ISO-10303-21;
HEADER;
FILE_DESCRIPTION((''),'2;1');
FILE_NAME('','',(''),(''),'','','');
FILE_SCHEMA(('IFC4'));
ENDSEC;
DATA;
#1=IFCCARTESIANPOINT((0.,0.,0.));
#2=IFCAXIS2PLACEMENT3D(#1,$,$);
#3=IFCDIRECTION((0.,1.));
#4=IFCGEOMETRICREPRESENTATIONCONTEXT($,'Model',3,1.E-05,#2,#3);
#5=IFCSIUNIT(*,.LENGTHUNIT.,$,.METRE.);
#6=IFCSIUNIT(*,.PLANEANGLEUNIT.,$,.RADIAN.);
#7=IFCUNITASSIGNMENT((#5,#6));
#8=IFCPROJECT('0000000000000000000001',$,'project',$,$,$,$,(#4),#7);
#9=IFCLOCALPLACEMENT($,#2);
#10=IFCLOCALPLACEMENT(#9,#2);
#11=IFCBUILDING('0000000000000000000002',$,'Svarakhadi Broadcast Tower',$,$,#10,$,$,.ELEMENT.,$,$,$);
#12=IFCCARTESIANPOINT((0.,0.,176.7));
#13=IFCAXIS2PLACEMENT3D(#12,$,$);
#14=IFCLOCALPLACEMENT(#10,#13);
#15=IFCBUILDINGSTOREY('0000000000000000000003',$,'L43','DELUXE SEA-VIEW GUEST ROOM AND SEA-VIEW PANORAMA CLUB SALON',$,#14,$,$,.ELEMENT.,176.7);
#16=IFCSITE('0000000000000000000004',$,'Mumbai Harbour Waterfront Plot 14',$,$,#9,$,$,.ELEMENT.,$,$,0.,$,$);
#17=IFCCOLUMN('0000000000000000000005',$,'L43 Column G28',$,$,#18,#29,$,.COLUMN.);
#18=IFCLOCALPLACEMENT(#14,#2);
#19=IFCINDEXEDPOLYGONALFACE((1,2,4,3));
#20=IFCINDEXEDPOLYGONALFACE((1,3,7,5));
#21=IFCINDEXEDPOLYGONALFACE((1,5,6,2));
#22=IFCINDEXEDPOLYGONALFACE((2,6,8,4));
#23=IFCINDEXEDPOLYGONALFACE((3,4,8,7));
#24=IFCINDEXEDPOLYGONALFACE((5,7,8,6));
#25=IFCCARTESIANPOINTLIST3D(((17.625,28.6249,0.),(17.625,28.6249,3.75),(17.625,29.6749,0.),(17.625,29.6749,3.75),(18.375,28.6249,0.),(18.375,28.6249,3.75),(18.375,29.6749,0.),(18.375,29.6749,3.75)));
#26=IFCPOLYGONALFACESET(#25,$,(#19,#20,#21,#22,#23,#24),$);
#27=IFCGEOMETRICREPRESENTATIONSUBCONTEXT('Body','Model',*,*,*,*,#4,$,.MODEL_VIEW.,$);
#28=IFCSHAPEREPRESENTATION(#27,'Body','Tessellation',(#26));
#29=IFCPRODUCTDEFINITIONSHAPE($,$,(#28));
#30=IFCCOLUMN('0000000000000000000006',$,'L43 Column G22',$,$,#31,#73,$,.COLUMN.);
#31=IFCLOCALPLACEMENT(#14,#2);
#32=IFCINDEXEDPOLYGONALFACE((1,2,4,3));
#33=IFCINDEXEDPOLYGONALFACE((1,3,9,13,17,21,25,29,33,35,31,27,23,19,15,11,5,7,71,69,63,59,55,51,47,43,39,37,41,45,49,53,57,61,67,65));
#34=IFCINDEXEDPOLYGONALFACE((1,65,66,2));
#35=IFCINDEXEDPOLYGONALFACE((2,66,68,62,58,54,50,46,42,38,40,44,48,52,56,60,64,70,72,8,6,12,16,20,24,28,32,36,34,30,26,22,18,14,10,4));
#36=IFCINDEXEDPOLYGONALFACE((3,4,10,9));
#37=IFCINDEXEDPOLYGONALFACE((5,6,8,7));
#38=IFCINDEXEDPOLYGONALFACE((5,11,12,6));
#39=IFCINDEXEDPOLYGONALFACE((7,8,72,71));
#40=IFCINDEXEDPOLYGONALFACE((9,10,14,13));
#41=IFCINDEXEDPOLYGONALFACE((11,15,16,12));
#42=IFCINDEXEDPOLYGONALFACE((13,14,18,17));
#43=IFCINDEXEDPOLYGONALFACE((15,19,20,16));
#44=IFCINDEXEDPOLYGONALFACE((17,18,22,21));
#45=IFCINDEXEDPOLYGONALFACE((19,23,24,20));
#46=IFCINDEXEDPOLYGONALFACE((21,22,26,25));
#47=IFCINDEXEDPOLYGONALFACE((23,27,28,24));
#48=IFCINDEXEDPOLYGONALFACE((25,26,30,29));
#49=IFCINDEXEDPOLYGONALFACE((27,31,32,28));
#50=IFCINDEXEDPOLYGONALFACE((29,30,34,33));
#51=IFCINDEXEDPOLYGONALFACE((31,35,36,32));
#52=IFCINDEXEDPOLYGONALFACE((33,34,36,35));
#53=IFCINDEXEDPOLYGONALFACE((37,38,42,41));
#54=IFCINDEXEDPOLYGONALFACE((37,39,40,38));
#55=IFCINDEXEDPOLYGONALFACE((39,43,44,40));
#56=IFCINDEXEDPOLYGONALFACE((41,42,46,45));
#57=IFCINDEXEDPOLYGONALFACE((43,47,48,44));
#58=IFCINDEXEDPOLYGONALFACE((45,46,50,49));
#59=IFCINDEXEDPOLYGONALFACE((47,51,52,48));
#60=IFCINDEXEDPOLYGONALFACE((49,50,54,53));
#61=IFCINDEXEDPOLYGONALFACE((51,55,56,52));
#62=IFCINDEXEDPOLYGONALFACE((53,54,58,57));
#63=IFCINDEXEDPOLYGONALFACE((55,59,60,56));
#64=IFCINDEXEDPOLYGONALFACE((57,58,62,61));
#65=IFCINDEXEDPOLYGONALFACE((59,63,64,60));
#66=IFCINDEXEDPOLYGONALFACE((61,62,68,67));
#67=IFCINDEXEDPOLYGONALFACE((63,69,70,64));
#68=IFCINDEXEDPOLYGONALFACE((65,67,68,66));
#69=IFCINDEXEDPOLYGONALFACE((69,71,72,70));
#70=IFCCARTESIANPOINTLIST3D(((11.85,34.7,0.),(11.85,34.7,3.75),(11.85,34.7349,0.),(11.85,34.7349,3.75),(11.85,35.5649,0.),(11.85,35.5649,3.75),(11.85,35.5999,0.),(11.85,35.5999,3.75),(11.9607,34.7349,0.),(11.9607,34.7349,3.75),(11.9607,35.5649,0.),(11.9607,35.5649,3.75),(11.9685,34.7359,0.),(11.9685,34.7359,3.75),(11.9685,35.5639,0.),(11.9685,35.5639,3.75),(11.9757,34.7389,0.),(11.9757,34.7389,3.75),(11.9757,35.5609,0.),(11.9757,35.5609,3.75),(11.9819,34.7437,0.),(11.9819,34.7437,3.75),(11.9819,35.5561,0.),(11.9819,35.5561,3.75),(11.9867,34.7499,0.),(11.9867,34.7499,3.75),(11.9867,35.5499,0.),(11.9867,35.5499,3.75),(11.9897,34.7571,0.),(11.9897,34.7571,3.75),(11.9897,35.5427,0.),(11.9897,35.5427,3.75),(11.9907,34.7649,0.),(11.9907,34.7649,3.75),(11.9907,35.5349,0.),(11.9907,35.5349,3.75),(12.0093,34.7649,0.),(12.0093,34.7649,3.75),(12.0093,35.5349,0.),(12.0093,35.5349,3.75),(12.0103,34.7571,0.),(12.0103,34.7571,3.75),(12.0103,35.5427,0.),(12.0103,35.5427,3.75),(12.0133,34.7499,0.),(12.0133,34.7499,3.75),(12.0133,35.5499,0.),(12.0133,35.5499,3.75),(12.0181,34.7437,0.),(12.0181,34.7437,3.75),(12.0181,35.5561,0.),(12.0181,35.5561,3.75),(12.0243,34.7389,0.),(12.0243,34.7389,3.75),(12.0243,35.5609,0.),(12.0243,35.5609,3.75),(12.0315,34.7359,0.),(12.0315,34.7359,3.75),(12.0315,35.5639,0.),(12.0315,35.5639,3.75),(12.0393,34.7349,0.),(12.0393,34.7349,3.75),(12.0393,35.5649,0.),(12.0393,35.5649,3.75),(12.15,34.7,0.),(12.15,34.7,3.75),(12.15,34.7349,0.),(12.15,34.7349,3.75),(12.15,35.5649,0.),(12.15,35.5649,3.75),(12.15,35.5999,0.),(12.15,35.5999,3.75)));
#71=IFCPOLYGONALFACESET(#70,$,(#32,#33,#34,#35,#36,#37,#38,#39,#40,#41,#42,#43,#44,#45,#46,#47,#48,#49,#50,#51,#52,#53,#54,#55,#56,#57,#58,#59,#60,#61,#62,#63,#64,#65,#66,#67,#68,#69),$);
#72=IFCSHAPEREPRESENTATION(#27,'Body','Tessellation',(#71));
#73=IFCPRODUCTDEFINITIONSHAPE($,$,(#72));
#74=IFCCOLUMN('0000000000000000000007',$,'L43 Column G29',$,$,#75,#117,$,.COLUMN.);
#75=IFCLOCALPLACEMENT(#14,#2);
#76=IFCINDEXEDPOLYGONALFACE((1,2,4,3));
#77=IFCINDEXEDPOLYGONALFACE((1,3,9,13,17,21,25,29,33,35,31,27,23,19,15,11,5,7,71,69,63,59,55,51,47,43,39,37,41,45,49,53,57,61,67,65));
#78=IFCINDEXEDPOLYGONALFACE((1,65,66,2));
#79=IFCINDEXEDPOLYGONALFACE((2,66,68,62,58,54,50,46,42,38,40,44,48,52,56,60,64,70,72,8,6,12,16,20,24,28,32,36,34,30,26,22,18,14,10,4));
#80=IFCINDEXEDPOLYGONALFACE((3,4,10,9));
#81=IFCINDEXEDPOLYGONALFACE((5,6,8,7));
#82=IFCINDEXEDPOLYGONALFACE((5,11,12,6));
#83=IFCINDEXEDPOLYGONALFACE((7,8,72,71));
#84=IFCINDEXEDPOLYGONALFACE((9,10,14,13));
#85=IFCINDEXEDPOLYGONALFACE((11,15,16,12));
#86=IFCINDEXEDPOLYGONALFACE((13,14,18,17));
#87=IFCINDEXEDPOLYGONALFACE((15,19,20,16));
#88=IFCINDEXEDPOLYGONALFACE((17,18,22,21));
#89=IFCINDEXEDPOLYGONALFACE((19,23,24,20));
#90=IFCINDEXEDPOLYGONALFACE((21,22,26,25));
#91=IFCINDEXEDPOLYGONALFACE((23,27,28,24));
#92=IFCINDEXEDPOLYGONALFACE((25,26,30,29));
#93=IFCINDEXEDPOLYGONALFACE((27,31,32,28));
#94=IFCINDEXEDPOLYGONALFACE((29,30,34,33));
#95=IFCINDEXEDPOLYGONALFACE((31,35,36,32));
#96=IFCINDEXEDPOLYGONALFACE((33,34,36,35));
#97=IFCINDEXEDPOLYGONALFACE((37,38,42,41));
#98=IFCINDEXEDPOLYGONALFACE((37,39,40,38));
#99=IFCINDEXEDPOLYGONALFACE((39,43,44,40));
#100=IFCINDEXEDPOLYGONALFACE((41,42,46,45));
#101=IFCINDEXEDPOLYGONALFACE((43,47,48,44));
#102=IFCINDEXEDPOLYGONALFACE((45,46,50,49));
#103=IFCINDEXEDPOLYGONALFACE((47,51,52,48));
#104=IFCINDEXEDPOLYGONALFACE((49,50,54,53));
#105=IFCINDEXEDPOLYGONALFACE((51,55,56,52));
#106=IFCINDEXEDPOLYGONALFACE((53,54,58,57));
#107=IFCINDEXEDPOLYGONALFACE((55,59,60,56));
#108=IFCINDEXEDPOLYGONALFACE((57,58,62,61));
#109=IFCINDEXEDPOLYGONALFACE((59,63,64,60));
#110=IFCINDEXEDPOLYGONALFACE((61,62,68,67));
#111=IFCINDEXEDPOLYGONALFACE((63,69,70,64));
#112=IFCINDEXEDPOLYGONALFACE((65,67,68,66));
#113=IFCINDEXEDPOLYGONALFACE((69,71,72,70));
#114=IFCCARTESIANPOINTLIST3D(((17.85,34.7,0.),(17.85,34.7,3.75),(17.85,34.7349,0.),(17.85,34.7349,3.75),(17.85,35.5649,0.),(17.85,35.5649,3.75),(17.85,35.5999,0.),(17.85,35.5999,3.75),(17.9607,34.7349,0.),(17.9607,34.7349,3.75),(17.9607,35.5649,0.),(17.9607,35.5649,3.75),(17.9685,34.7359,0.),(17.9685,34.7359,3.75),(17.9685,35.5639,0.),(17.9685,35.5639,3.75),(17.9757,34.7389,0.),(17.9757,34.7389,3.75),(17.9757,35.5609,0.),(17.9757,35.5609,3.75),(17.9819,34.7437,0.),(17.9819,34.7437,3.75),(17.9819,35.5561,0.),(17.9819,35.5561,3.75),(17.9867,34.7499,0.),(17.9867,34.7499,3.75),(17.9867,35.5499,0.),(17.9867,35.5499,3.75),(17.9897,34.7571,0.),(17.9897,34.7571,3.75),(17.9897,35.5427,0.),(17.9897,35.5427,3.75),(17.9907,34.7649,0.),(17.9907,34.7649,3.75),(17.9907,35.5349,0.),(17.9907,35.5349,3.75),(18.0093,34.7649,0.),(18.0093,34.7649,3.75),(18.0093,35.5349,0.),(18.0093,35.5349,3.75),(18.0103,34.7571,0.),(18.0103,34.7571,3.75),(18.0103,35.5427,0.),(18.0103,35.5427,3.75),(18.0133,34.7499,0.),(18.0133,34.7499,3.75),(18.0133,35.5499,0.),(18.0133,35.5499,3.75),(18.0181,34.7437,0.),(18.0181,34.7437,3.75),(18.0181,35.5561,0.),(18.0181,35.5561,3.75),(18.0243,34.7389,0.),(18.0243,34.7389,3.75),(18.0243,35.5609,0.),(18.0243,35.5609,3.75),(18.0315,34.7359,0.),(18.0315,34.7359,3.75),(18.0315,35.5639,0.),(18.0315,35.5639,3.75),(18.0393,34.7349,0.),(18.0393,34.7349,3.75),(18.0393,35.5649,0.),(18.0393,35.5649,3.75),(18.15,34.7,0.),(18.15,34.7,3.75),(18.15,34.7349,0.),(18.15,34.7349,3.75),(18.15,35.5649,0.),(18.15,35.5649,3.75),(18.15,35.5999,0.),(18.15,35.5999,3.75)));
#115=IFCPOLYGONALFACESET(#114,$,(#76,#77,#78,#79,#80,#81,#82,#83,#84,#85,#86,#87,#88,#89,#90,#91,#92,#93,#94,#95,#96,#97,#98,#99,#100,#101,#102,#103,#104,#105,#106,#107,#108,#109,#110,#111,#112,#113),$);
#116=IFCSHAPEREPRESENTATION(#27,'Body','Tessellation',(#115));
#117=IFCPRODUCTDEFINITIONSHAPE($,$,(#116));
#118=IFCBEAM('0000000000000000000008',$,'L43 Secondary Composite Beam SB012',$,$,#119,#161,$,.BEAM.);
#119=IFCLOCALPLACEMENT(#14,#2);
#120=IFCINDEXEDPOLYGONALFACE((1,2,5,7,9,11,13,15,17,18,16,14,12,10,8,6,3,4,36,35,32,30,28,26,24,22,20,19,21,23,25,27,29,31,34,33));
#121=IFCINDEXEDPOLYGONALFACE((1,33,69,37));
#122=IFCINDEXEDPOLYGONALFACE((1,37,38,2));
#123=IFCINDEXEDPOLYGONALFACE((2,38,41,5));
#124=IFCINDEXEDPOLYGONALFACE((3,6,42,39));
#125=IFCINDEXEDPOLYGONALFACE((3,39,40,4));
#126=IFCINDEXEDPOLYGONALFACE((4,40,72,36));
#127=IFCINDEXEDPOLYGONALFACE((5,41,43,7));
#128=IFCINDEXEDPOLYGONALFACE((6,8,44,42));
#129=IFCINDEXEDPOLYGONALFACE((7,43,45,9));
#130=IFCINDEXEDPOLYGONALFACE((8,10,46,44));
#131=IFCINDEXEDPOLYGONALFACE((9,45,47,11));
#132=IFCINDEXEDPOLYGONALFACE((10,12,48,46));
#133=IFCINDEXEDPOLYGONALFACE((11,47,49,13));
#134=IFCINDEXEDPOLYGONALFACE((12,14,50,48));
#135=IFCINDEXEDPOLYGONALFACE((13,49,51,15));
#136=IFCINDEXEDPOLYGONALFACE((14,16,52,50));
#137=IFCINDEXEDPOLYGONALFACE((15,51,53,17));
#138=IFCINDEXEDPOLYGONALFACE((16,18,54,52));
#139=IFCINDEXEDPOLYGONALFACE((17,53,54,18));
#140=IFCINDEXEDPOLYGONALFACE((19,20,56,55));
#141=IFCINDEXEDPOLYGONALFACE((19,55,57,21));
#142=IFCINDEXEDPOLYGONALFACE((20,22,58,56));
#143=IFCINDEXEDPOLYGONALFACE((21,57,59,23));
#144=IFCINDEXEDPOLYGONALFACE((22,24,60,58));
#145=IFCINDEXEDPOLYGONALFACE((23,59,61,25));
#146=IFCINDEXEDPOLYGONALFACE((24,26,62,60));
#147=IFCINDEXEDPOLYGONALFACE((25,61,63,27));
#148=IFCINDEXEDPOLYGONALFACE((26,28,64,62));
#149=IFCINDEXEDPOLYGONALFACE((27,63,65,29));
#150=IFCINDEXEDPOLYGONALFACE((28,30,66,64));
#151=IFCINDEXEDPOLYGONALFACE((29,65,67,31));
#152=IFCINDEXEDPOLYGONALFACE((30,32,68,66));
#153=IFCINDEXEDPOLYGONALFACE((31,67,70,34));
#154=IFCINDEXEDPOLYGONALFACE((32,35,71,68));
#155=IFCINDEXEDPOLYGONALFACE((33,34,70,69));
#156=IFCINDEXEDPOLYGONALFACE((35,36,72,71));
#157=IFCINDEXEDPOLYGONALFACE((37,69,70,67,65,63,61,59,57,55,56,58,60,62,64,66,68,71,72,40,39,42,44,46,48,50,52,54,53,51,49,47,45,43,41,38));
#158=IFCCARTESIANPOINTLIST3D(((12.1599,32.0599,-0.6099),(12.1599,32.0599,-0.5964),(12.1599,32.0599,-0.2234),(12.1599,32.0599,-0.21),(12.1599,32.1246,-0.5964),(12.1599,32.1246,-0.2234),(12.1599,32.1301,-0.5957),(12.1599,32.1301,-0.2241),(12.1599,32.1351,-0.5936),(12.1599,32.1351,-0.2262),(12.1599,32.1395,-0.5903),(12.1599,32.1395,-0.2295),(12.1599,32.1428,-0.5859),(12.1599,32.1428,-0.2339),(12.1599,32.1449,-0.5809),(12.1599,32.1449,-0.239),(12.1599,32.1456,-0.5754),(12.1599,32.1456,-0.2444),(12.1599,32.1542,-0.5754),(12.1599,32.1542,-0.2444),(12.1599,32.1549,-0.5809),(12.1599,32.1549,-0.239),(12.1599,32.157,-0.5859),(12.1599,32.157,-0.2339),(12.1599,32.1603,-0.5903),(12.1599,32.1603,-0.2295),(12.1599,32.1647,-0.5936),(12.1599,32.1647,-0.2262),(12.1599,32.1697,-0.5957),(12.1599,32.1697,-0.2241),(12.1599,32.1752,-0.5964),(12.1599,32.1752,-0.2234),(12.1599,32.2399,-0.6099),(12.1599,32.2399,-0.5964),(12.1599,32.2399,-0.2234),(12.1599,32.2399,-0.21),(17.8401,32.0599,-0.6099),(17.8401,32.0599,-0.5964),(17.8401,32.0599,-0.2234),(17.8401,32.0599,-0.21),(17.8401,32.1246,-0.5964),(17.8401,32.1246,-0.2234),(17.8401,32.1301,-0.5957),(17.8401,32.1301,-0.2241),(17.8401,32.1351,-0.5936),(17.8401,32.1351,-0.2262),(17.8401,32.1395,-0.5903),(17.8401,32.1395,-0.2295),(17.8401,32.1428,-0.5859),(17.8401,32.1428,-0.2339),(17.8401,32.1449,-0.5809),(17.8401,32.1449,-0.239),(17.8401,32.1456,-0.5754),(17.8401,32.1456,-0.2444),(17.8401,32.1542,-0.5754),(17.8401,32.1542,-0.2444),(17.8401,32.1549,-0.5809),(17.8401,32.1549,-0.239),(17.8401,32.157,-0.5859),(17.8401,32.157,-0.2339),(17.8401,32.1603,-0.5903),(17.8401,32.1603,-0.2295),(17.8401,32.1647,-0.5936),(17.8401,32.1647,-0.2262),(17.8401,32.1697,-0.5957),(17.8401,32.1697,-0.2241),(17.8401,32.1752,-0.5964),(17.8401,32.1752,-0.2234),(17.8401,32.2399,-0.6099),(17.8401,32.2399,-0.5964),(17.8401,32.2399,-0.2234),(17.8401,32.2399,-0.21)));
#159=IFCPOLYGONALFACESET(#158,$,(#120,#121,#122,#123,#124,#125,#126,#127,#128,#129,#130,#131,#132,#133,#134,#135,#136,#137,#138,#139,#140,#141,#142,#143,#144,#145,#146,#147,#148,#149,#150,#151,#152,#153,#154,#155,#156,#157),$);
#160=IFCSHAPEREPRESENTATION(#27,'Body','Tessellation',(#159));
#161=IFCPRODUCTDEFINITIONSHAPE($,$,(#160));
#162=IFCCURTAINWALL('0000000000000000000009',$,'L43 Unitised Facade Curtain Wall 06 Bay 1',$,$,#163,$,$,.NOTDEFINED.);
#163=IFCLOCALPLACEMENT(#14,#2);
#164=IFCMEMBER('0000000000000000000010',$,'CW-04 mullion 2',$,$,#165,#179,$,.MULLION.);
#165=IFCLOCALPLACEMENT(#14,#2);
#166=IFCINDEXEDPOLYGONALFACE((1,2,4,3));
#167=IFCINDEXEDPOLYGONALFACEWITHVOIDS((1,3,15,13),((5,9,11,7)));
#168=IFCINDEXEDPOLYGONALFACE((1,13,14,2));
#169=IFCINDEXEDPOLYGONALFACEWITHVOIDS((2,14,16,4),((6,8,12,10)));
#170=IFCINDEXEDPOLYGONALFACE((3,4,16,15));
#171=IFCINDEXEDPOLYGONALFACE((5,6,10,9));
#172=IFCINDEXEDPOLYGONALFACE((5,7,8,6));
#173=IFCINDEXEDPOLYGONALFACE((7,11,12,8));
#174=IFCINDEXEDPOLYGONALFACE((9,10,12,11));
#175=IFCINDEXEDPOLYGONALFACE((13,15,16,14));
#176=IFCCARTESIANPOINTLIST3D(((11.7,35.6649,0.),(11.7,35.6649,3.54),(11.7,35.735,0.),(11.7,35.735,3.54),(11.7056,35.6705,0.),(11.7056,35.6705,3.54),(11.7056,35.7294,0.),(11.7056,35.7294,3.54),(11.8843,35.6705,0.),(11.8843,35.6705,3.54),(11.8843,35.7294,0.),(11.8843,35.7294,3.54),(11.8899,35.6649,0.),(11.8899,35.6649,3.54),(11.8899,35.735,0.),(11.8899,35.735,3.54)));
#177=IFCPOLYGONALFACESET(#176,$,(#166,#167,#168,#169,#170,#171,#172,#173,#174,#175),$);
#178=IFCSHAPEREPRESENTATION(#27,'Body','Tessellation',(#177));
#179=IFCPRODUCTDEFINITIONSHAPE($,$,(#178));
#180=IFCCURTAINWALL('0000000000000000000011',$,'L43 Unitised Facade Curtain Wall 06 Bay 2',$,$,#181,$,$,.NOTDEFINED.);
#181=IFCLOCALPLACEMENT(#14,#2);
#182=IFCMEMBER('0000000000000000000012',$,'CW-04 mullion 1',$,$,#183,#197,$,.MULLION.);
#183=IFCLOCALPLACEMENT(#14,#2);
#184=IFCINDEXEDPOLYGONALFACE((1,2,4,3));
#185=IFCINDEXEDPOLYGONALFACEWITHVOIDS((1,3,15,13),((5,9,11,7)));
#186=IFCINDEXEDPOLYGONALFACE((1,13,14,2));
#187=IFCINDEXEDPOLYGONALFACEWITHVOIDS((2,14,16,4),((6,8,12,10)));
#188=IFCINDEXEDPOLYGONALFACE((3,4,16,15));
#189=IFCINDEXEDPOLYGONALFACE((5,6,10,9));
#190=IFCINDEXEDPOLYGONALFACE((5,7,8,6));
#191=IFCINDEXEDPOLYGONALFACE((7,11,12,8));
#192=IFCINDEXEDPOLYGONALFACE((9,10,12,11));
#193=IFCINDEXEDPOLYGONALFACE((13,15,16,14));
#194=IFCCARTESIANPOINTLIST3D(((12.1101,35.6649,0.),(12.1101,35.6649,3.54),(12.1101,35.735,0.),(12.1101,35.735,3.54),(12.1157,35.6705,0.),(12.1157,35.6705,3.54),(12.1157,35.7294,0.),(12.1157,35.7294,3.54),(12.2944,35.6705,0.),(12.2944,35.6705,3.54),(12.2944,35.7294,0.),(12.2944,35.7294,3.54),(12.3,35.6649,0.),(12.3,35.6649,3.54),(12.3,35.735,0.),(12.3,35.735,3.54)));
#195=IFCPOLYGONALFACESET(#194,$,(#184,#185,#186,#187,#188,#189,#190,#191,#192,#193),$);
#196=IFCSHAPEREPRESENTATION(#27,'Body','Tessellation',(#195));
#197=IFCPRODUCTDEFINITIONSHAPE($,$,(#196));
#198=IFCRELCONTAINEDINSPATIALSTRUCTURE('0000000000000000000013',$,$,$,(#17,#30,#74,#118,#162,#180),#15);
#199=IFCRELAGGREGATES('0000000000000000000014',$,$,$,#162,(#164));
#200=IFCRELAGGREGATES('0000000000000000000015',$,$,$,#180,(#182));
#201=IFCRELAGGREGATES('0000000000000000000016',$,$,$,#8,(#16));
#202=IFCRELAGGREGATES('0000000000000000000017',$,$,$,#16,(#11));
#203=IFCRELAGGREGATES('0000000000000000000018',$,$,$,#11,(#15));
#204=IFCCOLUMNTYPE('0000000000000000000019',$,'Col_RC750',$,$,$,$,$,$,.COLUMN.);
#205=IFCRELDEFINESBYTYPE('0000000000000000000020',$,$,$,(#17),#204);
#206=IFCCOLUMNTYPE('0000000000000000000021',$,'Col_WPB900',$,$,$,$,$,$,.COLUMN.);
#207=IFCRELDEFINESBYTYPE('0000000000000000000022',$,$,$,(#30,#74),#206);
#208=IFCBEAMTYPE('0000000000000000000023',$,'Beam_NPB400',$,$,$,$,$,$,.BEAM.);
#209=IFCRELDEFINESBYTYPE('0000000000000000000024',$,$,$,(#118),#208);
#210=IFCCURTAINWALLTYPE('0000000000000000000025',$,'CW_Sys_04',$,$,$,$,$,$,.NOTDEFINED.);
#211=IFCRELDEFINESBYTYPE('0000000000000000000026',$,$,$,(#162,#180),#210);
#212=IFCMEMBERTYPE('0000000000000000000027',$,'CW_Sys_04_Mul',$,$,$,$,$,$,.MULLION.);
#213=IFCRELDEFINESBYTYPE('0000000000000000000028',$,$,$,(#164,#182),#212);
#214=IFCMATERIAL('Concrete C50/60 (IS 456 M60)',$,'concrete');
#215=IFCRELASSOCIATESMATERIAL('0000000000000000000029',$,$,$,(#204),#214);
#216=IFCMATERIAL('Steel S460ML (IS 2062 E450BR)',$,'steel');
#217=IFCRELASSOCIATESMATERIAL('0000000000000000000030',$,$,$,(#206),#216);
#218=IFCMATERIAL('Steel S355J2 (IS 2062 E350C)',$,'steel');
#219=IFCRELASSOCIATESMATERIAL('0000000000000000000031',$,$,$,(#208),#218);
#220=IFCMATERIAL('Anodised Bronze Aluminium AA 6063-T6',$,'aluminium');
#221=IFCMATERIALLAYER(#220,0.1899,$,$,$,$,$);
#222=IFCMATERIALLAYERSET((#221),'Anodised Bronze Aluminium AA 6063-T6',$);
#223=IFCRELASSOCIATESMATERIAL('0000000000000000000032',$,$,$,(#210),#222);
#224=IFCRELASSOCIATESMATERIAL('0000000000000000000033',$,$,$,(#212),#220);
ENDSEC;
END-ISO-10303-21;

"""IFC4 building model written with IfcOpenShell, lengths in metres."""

from ifc_helpers import new_model, si_unit, direction, frame, origin, origin_2d, place, context, subcontext, project, spatial, rectangle, hollow_rectangle, i_section, extrude, material, layer, layer_set, material_profile, profile_set, type_object, element, aggregate, save


model = new_model("IFC4")

# Units and contexts
model_context = context("Model", 3, precision=1e-05, world=origin(), true_north=direction((0.0, 1.0)))
body_context = subcontext(model_context, "Body", "Model", "MODEL_VIEW")
ifc_project = project(units=[si_unit("LENGTHUNIT", "METRE"), si_unit("PLANEANGLEUNIT", "RADIAN")], contexts=[model_context])

# Site, building, storey
site_placement = place(None, origin())
site = spatial("IfcSite", under=ifc_project, at=site_placement, Name="Mumbai Harbour Waterfront Plot 14", CompositionType="ELEMENT", RefElevation=0.0)
building_placement = place(site_placement, origin())
building = spatial("IfcBuilding", under=site, at=building_placement, Name="Svarakhadi Broadcast Tower", CompositionType="ELEMENT")
storey_placement = place(building_placement, frame((0.0, 0.0, 176.7)))
storey = spatial("IfcBuildingStorey", under=building, at=storey_placement, Name="L43", Description="DELUXE SEA-VIEW GUEST ROOM AND SEA-VIEW PANORAMA CLUB SALON", CompositionType="ELEMENT", Elevation=176.7)

# Columns
ifc_material_1 = material(Name="Concrete C50/60 (IS 456 M60)", Category="concrete")
ifc_material_profile_1 = material_profile(ifc_material_1, rectangle(XDim=0.75, YDim=1.05, at=origin_2d()), Name="RC 750x1050")
ifc_profile_set_1 = profile_set([ifc_material_profile_1], Name="Concrete C50/60 (IS 456 M60)")
column_type_1 = type_object("IfcColumnType", Name="Col_RC750", PredefinedType="COLUMN", material=ifc_profile_set_1)
column_placement = place(storey_placement, frame((18.0, 29.1499, 0.0), z_axis=(0.0, 0.0, 1.0), x_axis=(1.0, 0.0, 0.0)))
element("IfcColumn", 1, at=column_placement, inside=storey, type_object=column_type_1, Name="L43 Column G28", PredefinedType="COLUMN", context=body_context, shape_type="SweptSolid", body=[
    extrude(rectangle(XDim=0.75, YDim=1.05, at=origin_2d()), origin(), (0.0, 0.0, 1.0), 3.75),
])
ifc_material_2 = material(Name="Steel S460ML (IS 2062 E450BR)", Category="steel")
ifc_material_profile_2 = material_profile(ifc_material_2, i_section(OverallWidth=0.3, OverallDepth=0.8999, WebThickness=0.0186, FlangeThickness=0.0349, FilletRadius=0.03, at=origin_2d()), Name="WPB 900x300x291")
ifc_profile_set_2 = profile_set([ifc_material_profile_2], Name="Steel S460ML (IS 2062 E450BR)")
column_type_2 = type_object("IfcColumnType", Name="Col_WPB900", PredefinedType="COLUMN", material=ifc_profile_set_2)
for number, where, z_axis, x_axis, name in (
    (2, (12.0, 35.1499, 0.0), (0.0, 0.0, 1.0), (1.0, 0.0, 0.0), "L43 Column G22"),
    (3, (18.0, 35.1499, 0.0), (0.0, 0.0, 1.0), (1.0, 0.0, 0.0), "L43 Column G29"),
):
    element("IfcColumn", number, at=place(storey_placement, frame(where, z_axis=z_axis, x_axis=x_axis)), inside=storey, type_object=column_type_2, Name=name, PredefinedType="COLUMN", context=body_context, shape_type="SweptSolid", body=[
        extrude(i_section(OverallWidth=0.3, OverallDepth=0.8999, WebThickness=0.0186, FlangeThickness=0.0349, FilletRadius=0.03, at=origin_2d()), origin(), (0.0, 0.0, 1.0), 3.75),
    ])

# Beam
ifc_material_3 = material(Name="Steel S355J2 (IS 2062 E350C)", Category="steel")
ifc_material_profile_3 = material_profile(ifc_material_3, i_section(OverallWidth=0.1799, OverallDepth=0.3999, WebThickness=0.0085, FlangeThickness=0.0134, FilletRadius=0.021, at=origin_2d()), Name="NPB 400x180x66")
ifc_profile_set_3 = profile_set([ifc_material_profile_3], Name="Steel S355J2 (IS 2062 E350C)")
beam_type_1 = type_object("IfcBeamType", Name="Beam_NPB400", PredefinedType="BEAM", material=ifc_profile_set_3)
beam_1_placement = place(storey_placement, frame((12.1599, 32.1499, -0.4099), z_axis=(1.0, 0.0, 0.0), x_axis=(0.0, 1.0, 0.0)))
element("IfcBeam", 4, at=beam_1_placement, inside=storey, type_object=beam_type_1, Name="L43 Secondary Composite Beam SB012", PredefinedType="BEAM", context=body_context, shape_type="SweptSolid", body=[
    extrude(i_section(OverallWidth=0.1799, OverallDepth=0.3999, WebThickness=0.0085, FlangeThickness=0.0134, FilletRadius=0.021, at=origin_2d()), origin(), (0.0, 0.0, 1.0), 5.6802),
])

# Curtain wall, member
ifc_material_4 = material(Name="Anodised Bronze Aluminium AA 6063-T6", Category="aluminium")
ifc_layer_1 = layer(ifc_material_4, 0.1899)
ifc_layer_set_1 = layer_set([ifc_layer_1], Name="Anodised Bronze Aluminium AA 6063-T6")
curtain_wall_type = type_object("IfcCurtainWallType", Name="CW_Sys_04", PredefinedType="NOTDEFINED", material=ifc_layer_set_1)
curtain_wall_1_placement = place(storey_placement, origin())
curtain_wall_1 = element("IfcCurtainWall", 5, at=curtain_wall_1_placement, inside=storey, type_object=curtain_wall_type, Name="L43 Unitised Facade Curtain Wall 06 Bay 1", PredefinedType="NOTDEFINED")
ifc_material_profile_4 = material_profile(ifc_material_4, hollow_rectangle(XDim=0.0701, YDim=0.1899, WallThickness=0.0056, at=origin_2d()), Name="ALU MULLION 190x70x6")
ifc_profile_set_4 = profile_set([ifc_material_profile_4], Name="Anodised Bronze Aluminium AA 6063-T6")
member_type_1 = type_object("IfcMemberType", Name="CW_Sys_04_Mul", PredefinedType="MULLION", material=ifc_profile_set_4)
member_1_placement = place(storey_placement, frame((11.7949, 35.7, 0.0), z_axis=(0.0, 0.0, 1.0), x_axis=(0.0, 1.0, 0.0)))
member_1 = element("IfcMember", 6, at=member_1_placement, type_object=member_type_1, Name="CW-04 mullion 2", PredefinedType="MULLION", context=body_context, shape_type="SweptSolid", body=[
    extrude(hollow_rectangle(XDim=0.0701, YDim=0.1899, WallThickness=0.0056, at=origin_2d()), origin(), (0.0, 0.0, 1.0), 3.54),
])
aggregate(curtain_wall_1, [member_1])

# Curtain wall, member
curtain_wall_2_placement = place(storey_placement, origin())
curtain_wall_2 = element("IfcCurtainWall", 7, at=curtain_wall_2_placement, inside=storey, type_object=curtain_wall_type, Name="L43 Unitised Facade Curtain Wall 06 Bay 2", PredefinedType="NOTDEFINED")
member_2_placement = place(storey_placement, frame((12.2051, 35.7, 0.0), z_axis=(0.0, 0.0, 1.0), x_axis=(0.0, 1.0, 0.0)))
member_2 = element("IfcMember", 8, at=member_2_placement, type_object=member_type_1, Name="CW-04 mullion 1", PredefinedType="MULLION", context=body_context, shape_type="SweptSolid", body=[
    extrude(hollow_rectangle(XDim=0.0701, YDim=0.1899, WallThickness=0.0056, at=origin_2d()), origin(), (0.0, 0.0, 1.0), 3.54),
])

aggregate(curtain_wall_2, [member_2])

save(model, "model.ifc")
